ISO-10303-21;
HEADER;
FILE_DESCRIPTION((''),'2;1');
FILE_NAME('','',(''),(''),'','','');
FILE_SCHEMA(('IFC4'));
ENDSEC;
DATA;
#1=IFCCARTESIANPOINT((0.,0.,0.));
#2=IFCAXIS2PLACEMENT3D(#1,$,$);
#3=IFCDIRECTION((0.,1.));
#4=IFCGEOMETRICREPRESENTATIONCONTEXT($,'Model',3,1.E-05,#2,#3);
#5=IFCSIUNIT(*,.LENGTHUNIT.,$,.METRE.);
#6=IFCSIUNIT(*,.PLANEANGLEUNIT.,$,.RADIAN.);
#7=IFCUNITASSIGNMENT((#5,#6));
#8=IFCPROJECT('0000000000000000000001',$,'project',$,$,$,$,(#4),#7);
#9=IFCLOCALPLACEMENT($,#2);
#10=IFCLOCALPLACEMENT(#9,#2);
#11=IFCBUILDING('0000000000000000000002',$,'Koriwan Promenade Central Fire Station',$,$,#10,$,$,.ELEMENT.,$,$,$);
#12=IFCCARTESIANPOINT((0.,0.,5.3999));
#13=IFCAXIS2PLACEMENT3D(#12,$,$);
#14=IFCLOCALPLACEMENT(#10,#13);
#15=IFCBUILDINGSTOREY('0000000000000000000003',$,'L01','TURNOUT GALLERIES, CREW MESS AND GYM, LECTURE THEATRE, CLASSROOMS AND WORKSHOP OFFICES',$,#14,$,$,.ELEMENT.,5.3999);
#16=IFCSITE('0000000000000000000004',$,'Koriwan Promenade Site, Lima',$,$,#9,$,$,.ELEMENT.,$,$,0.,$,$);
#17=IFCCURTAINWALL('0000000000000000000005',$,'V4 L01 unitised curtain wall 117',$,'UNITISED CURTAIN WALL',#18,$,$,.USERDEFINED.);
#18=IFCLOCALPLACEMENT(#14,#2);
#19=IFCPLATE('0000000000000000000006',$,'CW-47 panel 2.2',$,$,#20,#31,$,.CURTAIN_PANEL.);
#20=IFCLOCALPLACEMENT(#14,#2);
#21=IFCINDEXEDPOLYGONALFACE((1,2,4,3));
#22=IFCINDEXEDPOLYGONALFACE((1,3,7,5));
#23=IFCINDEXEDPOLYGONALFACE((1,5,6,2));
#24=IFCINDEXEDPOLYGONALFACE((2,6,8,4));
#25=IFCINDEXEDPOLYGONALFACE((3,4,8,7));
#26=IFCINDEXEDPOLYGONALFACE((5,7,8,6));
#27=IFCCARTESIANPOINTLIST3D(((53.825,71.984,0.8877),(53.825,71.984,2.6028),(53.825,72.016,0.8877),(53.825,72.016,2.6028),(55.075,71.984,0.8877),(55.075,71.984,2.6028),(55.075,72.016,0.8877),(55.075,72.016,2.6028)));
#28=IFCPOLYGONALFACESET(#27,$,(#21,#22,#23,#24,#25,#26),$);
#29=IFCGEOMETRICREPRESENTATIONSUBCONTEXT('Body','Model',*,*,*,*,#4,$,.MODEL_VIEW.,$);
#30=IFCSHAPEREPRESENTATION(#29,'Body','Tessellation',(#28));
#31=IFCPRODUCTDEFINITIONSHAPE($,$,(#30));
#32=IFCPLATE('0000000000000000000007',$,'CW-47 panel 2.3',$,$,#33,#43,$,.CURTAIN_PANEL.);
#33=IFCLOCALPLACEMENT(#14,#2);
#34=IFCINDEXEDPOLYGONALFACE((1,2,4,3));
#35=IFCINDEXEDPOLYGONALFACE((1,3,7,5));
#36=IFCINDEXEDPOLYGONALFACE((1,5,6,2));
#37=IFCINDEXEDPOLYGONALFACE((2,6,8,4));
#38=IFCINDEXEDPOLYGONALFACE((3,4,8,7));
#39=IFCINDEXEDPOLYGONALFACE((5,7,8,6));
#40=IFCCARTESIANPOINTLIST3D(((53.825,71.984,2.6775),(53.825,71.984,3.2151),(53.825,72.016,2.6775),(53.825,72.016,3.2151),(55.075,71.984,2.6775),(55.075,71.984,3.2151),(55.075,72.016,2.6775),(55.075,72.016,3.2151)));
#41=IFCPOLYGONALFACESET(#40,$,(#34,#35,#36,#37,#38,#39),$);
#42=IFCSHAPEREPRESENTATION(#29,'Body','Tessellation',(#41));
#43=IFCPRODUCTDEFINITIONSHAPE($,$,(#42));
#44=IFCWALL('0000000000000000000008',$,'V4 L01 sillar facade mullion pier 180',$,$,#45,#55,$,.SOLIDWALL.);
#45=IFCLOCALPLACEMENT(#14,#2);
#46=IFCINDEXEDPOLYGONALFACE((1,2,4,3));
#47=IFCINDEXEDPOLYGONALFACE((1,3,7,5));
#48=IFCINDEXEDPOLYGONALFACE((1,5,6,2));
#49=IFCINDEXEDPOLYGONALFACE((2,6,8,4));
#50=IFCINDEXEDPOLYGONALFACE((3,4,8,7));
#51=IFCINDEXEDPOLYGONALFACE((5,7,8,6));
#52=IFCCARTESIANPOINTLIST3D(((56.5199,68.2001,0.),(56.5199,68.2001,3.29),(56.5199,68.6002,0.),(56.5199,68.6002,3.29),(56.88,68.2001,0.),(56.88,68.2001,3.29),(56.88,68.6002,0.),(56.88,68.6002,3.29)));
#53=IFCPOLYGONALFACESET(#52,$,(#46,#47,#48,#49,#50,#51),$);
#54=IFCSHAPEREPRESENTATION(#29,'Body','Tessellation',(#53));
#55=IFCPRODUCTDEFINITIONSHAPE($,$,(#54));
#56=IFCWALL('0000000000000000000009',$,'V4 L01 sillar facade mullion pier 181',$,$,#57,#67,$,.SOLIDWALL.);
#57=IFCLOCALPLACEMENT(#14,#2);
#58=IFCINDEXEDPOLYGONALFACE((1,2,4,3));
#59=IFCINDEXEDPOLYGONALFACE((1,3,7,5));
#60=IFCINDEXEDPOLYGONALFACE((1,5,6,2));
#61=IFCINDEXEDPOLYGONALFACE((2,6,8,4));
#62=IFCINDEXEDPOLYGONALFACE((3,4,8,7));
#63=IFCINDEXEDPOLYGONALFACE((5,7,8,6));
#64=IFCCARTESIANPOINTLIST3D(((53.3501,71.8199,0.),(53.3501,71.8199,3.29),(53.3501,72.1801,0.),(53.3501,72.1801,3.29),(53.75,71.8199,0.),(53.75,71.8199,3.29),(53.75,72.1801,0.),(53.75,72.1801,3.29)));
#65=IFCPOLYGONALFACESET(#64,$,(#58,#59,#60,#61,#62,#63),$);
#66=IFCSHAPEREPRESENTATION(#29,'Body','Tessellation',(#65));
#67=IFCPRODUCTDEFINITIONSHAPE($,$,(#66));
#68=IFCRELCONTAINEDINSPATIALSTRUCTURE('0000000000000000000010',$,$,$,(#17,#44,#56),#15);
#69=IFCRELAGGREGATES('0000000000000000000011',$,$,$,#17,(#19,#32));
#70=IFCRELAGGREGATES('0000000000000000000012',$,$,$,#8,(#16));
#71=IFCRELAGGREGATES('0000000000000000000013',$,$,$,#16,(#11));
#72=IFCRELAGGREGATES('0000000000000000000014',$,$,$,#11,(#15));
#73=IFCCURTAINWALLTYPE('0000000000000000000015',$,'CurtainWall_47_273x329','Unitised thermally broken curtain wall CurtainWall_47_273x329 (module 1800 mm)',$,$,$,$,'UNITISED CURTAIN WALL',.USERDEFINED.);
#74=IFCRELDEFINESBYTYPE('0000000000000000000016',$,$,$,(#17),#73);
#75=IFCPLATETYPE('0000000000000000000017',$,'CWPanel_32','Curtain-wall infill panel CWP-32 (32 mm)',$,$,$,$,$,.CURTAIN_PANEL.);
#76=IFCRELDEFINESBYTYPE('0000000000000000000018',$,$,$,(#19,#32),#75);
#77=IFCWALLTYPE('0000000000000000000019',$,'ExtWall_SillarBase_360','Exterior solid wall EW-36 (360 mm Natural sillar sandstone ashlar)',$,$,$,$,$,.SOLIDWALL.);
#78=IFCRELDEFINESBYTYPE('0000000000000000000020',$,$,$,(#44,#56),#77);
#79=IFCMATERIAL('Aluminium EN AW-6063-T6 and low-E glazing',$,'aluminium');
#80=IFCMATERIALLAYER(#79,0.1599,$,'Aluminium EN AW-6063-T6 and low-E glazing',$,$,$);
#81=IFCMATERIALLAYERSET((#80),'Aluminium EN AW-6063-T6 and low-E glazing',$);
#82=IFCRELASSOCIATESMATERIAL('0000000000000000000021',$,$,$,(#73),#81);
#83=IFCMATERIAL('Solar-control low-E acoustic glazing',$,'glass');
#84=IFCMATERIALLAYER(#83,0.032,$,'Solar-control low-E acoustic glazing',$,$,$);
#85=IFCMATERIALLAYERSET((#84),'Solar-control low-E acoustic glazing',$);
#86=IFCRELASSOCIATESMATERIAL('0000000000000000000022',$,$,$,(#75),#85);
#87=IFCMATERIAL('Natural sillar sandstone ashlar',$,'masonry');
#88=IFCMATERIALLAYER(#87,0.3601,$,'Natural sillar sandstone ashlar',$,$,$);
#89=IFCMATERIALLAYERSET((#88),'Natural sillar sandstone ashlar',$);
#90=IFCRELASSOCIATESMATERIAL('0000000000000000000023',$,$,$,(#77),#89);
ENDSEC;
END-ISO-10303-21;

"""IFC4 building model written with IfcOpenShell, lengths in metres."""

from ifc_helpers import new_model, si_unit, direction, frame, frame_2d, origin, origin_2d, place, context, subcontext, project, spatial, rectangle, extrude, material, layer, layer_set, type_object, element, aggregate, save


model = new_model("IFC4")

# Units and contexts
model_context = context("Model", 3, precision=1e-05, world=origin(), true_north=direction((0.0, 1.0)))
body_context = subcontext(model_context, "Body", "Model", "MODEL_VIEW")
ifc_project = project(units=[si_unit("LENGTHUNIT", "METRE"), si_unit("PLANEANGLEUNIT", "RADIAN")], contexts=[model_context])

# Site, building, storey
site_placement = place(None, origin())
site = spatial("IfcSite", under=ifc_project, at=site_placement, Name="Koriwan Promenade Site, Lima", CompositionType="ELEMENT", RefElevation=0.0)
building_placement = place(site_placement, origin())
building = spatial("IfcBuilding", under=site, at=building_placement, Name="Koriwan Promenade Central Fire Station", CompositionType="ELEMENT")
storey_placement = place(building_placement, frame((0.0, 0.0, 5.3999)))
storey = spatial("IfcBuildingStorey", under=building, at=storey_placement, Name="L01", Description="TURNOUT GALLERIES, CREW MESS AND GYM, LECTURE THEATRE, CLASSROOMS AND WORKSHOP OFFICES", CompositionType="ELEMENT", Elevation=5.3999)

# Curtain wall
ifc_material_1 = material(Name="Aluminium EN AW-6063-T6 and low-E glazing", Category="aluminium")
ifc_layer_1 = layer(ifc_material_1, 0.1599, Name="Aluminium EN AW-6063-T6 and low-E glazing")
ifc_layer_set_1 = layer_set([ifc_layer_1], Name="Aluminium EN AW-6063-T6 and low-E glazing")
curtain_wall_type_1 = type_object("IfcCurtainWallType", Name="CurtainWall_47_273x329", Description="Unitised thermally broken curtain wall CurtainWall_47_273x329 (module 1800 mm)", ElementType="UNITISED CURTAIN WALL", PredefinedType="USERDEFINED", material=ifc_layer_set_1)
curtain_wall_1_placement = place(storey_placement, origin())
curtain_wall_1 = element("IfcCurtainWall", 1, at=curtain_wall_1_placement, inside=storey, type_object=curtain_wall_type_1, Name="V4 L01 unitised curtain wall 117", ObjectType="UNITISED CURTAIN WALL", PredefinedType="USERDEFINED")

# Plates
ifc_material_2 = material(Name="Solar-control low-E acoustic glazing", Category="glass")
ifc_layer_2 = layer(ifc_material_2, 0.032, Name="Solar-control low-E acoustic glazing")
ifc_layer_set_2 = layer_set([ifc_layer_2], Name="Solar-control low-E acoustic glazing")
plate_type = type_object("IfcPlateType", Name="CWPanel_32", Description="Curtain-wall infill panel CWP-32 (32 mm)", PredefinedType="CURTAIN_PANEL", material=ifc_layer_set_2)
plate_1_placement = place(storey_placement, frame((54.45, 72.0, 0.8877), z_axis=(0.0, 0.0, 1.0), x_axis=(-1.0, 0.0, 0.0)))
plate_1 = element("IfcPlate", 2, at=plate_1_placement, type_object=plate_type, Name="CW-47 panel 2.2", PredefinedType="CURTAIN_PANEL", context=body_context, shape_type="SweptSolid", body=[
    extrude(rectangle(XDim=1.25, YDim=0.032, at=origin_2d()), origin(), (0.0, 0.0, 1.0), 1.7151),
])
plate_2_placement = place(storey_placement, frame((54.45, 72.0, 2.6775), z_axis=(0.0, 0.0, 1.0), x_axis=(-1.0, 0.0, 0.0)))
plate_2 = element("IfcPlate", 3, at=plate_2_placement, type_object=plate_type, Name="CW-47 panel 2.3", PredefinedType="CURTAIN_PANEL", context=body_context, shape_type="SweptSolid", body=[
    extrude(rectangle(XDim=1.25, YDim=0.032, at=origin_2d()), origin(), (0.0, 0.0, 1.0), 0.5376),
])
aggregate(curtain_wall_1, [plate_1, plate_2])

# Walls
ifc_material_3 = material(Name="Natural sillar sandstone ashlar", Category="masonry")
ifc_layer_3 = layer(ifc_material_3, 0.3601, Name="Natural sillar sandstone ashlar")
ifc_layer_set_3 = layer_set([ifc_layer_3], Name="Natural sillar sandstone ashlar")
wall_type = type_object("IfcWallType", Name="ExtWall_SillarBase_360", Description="Exterior solid wall EW-36 (360 mm Natural sillar sandstone ashlar)", PredefinedType="SOLIDWALL", material=ifc_layer_set_3)
wall_1_placement = place(storey_placement, frame((56.7, 68.2, 0.0), z_axis=(0.0, 0.0, 1.0), x_axis=(0.0, 1.0, 0.0)))
element("IfcWall", 4, at=wall_1_placement, inside=storey, type_object=wall_type, Name="V4 L01 sillar facade mullion pier 180", PredefinedType="SOLIDWALL", context=body_context, shape_type="SweptSolid", body=[
    extrude(rectangle(XDim=0.4001, YDim=0.3601, at=frame_2d((0.2002, 0.0))), origin(), (0.0, 0.0, 1.0), 3.29),
])
wall_2_placement = place(storey_placement, frame((53.75, 72.0, 0.0), z_axis=(0.0, 0.0, 1.0), x_axis=(-1.0, 0.0, 0.0)))
element("IfcWall", 5, at=wall_2_placement, inside=storey, type_object=wall_type, Name="V4 L01 sillar facade mullion pier 181", PredefinedType="SOLIDWALL", context=body_context, shape_type="SweptSolid", body=[
    extrude(rectangle(XDim=0.3999, YDim=0.3601, at=frame_2d((0.2, 0.0))), origin(), (0.0, 0.0, 1.0), 3.29),
])

save(model, "model.ifc")
